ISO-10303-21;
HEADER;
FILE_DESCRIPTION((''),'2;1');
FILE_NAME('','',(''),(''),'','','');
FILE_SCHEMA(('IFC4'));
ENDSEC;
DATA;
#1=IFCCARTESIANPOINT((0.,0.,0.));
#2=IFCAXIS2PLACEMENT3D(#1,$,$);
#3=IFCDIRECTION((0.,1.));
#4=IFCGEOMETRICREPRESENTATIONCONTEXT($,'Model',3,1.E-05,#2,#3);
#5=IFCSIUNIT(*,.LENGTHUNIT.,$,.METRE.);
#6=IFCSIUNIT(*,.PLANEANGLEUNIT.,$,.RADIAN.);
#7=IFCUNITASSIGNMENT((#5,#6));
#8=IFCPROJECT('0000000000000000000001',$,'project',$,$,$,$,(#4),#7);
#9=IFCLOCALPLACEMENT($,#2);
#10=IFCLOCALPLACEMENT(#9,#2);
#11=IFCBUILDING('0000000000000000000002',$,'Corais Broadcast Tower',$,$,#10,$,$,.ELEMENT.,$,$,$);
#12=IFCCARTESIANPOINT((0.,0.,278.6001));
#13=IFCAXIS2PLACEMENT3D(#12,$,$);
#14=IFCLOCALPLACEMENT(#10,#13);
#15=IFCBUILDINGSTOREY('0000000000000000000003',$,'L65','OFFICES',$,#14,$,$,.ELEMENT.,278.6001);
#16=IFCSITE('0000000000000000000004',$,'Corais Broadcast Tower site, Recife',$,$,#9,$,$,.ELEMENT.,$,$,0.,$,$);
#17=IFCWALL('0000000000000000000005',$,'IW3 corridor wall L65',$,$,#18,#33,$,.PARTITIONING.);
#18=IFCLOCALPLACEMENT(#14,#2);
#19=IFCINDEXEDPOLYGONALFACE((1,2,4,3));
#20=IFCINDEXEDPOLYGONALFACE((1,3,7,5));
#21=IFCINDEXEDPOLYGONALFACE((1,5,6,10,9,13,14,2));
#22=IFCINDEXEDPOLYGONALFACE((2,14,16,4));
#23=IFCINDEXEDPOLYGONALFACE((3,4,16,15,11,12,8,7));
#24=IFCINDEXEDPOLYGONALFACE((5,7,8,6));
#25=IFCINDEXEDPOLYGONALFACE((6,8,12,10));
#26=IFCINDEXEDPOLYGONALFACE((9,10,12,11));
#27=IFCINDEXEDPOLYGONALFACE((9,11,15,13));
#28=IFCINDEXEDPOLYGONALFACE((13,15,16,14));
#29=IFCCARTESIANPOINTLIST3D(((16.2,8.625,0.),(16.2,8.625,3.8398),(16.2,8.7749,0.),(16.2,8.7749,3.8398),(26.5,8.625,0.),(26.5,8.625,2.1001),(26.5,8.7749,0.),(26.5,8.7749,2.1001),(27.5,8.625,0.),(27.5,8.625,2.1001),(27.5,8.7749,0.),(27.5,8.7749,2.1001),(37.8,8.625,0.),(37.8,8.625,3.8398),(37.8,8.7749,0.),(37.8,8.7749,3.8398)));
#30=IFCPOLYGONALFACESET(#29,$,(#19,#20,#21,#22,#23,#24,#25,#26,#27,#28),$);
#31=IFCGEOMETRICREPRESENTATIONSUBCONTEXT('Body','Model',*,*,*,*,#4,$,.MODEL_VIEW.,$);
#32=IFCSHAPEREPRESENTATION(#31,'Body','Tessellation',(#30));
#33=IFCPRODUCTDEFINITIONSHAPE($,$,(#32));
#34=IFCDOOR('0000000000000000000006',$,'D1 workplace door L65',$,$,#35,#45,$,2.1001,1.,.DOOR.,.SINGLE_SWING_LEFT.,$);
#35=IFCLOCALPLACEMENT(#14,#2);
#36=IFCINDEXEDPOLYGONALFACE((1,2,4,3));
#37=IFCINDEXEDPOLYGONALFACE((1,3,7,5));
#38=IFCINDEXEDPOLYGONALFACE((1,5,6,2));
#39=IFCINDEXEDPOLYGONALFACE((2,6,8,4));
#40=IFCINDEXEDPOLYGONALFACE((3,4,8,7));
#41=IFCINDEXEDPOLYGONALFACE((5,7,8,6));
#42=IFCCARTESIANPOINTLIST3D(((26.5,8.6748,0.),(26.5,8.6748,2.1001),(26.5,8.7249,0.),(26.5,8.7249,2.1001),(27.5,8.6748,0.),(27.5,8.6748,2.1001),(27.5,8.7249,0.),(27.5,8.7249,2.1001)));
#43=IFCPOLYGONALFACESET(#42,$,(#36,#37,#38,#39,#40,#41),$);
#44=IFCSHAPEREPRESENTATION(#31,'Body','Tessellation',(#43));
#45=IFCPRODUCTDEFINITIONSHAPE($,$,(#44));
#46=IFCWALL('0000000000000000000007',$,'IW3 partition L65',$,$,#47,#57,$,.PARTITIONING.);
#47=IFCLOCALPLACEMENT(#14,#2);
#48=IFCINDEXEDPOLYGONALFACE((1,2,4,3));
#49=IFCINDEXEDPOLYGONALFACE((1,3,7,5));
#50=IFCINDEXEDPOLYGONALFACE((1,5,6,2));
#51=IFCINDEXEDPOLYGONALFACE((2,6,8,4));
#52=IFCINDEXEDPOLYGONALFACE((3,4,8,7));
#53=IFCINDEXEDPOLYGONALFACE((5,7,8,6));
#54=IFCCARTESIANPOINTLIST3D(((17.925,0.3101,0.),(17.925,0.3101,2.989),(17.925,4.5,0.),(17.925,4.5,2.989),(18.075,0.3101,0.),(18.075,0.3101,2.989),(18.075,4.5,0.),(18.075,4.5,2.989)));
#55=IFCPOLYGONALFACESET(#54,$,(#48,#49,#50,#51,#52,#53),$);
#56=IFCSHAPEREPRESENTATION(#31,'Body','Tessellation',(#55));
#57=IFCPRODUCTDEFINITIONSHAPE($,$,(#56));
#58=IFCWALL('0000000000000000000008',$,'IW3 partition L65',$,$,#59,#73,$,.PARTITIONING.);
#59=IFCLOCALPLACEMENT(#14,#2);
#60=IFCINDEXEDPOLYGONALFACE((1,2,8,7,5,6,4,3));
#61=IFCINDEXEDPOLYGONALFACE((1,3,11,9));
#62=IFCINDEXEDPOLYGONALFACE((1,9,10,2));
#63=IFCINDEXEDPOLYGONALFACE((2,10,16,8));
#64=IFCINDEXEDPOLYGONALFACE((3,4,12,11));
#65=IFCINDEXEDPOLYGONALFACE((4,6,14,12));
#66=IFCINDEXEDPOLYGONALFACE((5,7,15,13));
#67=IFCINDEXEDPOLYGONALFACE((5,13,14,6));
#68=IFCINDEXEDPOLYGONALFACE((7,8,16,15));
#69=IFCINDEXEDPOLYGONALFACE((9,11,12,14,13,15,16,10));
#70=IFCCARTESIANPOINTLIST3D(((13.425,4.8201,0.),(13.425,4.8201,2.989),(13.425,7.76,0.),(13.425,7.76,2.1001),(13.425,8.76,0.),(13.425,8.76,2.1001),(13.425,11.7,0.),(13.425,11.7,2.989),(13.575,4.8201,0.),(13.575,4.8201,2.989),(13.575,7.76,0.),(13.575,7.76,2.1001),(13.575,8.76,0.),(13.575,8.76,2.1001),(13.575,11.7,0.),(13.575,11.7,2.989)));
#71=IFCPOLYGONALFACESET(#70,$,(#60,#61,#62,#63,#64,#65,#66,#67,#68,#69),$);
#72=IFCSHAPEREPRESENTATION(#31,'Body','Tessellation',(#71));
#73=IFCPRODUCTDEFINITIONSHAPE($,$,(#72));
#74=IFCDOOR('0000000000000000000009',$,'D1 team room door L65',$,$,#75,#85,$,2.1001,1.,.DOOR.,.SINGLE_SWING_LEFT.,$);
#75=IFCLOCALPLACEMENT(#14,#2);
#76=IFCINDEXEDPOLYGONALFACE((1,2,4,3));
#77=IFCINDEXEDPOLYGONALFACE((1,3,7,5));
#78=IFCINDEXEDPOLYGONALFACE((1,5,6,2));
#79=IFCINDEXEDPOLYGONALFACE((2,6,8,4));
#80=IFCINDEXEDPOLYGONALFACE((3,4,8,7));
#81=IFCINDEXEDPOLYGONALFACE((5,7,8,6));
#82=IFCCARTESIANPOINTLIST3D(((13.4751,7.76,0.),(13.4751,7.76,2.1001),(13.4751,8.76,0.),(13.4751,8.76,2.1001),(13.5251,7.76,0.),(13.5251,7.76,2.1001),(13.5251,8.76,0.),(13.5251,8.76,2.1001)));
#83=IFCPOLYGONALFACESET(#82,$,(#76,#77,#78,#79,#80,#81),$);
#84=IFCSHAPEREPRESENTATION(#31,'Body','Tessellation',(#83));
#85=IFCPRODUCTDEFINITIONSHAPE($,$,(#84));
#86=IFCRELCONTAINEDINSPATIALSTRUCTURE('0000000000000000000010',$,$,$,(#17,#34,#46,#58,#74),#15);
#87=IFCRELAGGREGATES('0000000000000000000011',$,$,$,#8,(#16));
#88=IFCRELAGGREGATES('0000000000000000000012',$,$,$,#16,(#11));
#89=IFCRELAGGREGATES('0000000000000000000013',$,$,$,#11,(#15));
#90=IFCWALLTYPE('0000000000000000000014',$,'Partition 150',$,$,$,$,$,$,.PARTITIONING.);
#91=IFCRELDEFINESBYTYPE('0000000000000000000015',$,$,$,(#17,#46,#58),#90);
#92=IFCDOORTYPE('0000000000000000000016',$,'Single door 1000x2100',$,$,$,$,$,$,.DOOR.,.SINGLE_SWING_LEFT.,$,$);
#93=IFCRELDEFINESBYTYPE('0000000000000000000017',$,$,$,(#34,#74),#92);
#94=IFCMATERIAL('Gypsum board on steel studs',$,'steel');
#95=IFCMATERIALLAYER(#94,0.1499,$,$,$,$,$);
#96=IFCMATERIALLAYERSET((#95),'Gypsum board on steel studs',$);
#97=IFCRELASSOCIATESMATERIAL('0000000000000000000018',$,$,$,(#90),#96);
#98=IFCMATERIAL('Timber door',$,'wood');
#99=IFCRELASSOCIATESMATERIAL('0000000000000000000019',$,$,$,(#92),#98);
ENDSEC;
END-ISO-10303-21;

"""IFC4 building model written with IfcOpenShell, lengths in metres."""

from ifc_helpers import new_model, si_unit, direction, frame, frame_2d, origin, place, context, subcontext, project, spatial, rectangle, extrude, material, layer, layer_set, type_object, element, fill, save


model = new_model("IFC4")

# Units and contexts
model_context = context("Model", 3, precision=1e-05, world=origin(), true_north=direction((0.0, 1.0)))
body_context = subcontext(model_context, "Body", "Model", "MODEL_VIEW")
ifc_project = project(units=[si_unit("LENGTHUNIT", "METRE"), si_unit("PLANEANGLEUNIT", "RADIAN")], contexts=[model_context])

# Site, building, storey
site_placement = place(None, origin())
site = spatial("IfcSite", under=ifc_project, at=site_placement, Name="Corais Broadcast Tower site, Recife", CompositionType="ELEMENT", RefElevation=0.0)
building_placement = place(site_placement, origin())
building = spatial("IfcBuilding", under=site, at=building_placement, Name="Corais Broadcast Tower", CompositionType="ELEMENT")
storey_placement = place(building_placement, frame((0.0, 0.0, 278.6001)))
storey = spatial("IfcBuildingStorey", under=building, at=storey_placement, Name="L65", Description="OFFICES", CompositionType="ELEMENT", Elevation=278.6001)

# Wall, opening, door
ifc_material_1 = material(Name="Gypsum board on steel studs", Category="steel")
ifc_layer_1 = layer(ifc_material_1, 0.1499)
ifc_layer_set_1 = layer_set([ifc_layer_1], Name="Gypsum board on steel studs")
wall_type = type_object("IfcWallType", Name="Partition 150", PredefinedType="PARTITIONING", material=ifc_layer_set_1)
wall_1_placement = place(storey_placement, frame((16.2, 8.7, 0.0), z_axis=(0.0, 0.0, 1.0), x_axis=(1.0, 0.0, 0.0)))
wall_1 = element("IfcWall", 1, at=wall_1_placement, inside=storey, type_object=wall_type, Name="IW3 corridor wall L65", PredefinedType="PARTITIONING", context=body_context, shape_type="SweptSolid", body=[
    extrude(rectangle(XDim=21.6001, YDim=0.1499, at=frame_2d((10.8, 0.0))), origin(), (0.0, 0.0, 1.0), 3.8398),
])
opening_1_placement = place(wall_1_placement, frame((10.3, 0.0, 0.0)))
opening_1 = element("IfcOpeningElement", 2, at=opening_1_placement, cuts=wall_1, PredefinedType="OPENING", context=body_context, shape_type="SweptSolid", body=[
    extrude(rectangle(XDim=1.0, YDim=2.1001, at=frame_2d((0.5, 1.05))), frame((0.0, 0.085, 0.0), z_axis=(0.0, -1.0, 0.0), x_axis=(1.0, 0.0, 0.0)), (0.0, 0.0, 1.0), 0.1699),
])
ifc_material_2 = material(Name="Timber door", Category="wood")
door_type = type_object("IfcDoorType", Name="Single door 1000x2100", OperationType="SINGLE_SWING_LEFT", PredefinedType="DOOR", material=ifc_material_2)
door_1_placement = place(opening_1_placement, origin())
door_1 = element("IfcDoor", 3, at=door_1_placement, inside=storey, type_object=door_type, Name="D1 workplace door L65", OperationType="SINGLE_SWING_LEFT", OverallHeight=2.1001, OverallWidth=1.0, PredefinedType="DOOR", context=body_context, shape_type="SweptSolid", body=[
    extrude(rectangle(XDim=1.0, YDim=2.1001, at=frame_2d((0.5, 1.05))), frame((0.0, 0.0249, 0.0), z_axis=(0.0, -1.0, 0.0), x_axis=(1.0, 0.0, 0.0)), (0.0, 0.0, 1.0), 0.05),
])
fill(opening_1, door_1)

# Wall
wall_2_placement = place(storey_placement, frame((18.0, 4.5, 0.0), z_axis=(0.0, 0.0, 1.0), x_axis=(0.0, -1.0, 0.0)))
element("IfcWall", 4, at=wall_2_placement, inside=storey, type_object=wall_type, Name="IW3 partition L65", PredefinedType="PARTITIONING", context=body_context, shape_type="SweptSolid", body=[
    extrude(rectangle(XDim=4.1899, YDim=0.1499, at=frame_2d((2.095, 0.0))), origin(), (0.0, 0.0, 1.0), 2.989),
])

# Wall, opening, door
wall_3_placement = place(storey_placement, frame((13.5, 4.8201, 0.0), z_axis=(0.0, 0.0, 1.0), x_axis=(0.0, 1.0, 0.0)))
wall_3 = element("IfcWall", 5, at=wall_3_placement, inside=storey, type_object=wall_type, Name="IW3 partition L65", PredefinedType="PARTITIONING", context=body_context, shape_type="SweptSolid", body=[
    extrude(rectangle(XDim=6.8799, YDim=0.1499, at=frame_2d((3.4399, 0.0))), origin(), (0.0, 0.0, 1.0), 2.989),
])
opening_2_placement = place(wall_3_placement, frame((2.9399, 0.0, 0.0)))
opening_2 = element("IfcOpeningElement", 6, at=opening_2_placement, cuts=wall_3, PredefinedType="OPENING", context=body_context, shape_type="SweptSolid", body=[
    extrude(rectangle(XDim=1.0, YDim=2.1001, at=frame_2d((0.5, 1.05))), frame((0.0, 0.085, 0.0), z_axis=(0.0, -1.0, 0.0), x_axis=(1.0, 0.0, 0.0)), (0.0, 0.0, 1.0), 0.1699),
])
door_2_placement = place(opening_2_placement, origin())
door_2 = element("IfcDoor", 7, at=door_2_placement, inside=storey, type_object=door_type, Name="D1 team room door L65", OperationType="SINGLE_SWING_LEFT", OverallHeight=2.1001, OverallWidth=1.0, PredefinedType="DOOR", context=body_context, shape_type="SweptSolid", body=[
    extrude(rectangle(XDim=1.0, YDim=2.1001, at=frame_2d((0.5, 1.05))), frame((0.0, 0.0249, 0.0), z_axis=(0.0, -1.0, 0.0), x_axis=(1.0, 0.0, 0.0)), (0.0, 0.0, 1.0), 0.05),
])
fill(opening_2, door_2)

save(model, "model.ifc")
